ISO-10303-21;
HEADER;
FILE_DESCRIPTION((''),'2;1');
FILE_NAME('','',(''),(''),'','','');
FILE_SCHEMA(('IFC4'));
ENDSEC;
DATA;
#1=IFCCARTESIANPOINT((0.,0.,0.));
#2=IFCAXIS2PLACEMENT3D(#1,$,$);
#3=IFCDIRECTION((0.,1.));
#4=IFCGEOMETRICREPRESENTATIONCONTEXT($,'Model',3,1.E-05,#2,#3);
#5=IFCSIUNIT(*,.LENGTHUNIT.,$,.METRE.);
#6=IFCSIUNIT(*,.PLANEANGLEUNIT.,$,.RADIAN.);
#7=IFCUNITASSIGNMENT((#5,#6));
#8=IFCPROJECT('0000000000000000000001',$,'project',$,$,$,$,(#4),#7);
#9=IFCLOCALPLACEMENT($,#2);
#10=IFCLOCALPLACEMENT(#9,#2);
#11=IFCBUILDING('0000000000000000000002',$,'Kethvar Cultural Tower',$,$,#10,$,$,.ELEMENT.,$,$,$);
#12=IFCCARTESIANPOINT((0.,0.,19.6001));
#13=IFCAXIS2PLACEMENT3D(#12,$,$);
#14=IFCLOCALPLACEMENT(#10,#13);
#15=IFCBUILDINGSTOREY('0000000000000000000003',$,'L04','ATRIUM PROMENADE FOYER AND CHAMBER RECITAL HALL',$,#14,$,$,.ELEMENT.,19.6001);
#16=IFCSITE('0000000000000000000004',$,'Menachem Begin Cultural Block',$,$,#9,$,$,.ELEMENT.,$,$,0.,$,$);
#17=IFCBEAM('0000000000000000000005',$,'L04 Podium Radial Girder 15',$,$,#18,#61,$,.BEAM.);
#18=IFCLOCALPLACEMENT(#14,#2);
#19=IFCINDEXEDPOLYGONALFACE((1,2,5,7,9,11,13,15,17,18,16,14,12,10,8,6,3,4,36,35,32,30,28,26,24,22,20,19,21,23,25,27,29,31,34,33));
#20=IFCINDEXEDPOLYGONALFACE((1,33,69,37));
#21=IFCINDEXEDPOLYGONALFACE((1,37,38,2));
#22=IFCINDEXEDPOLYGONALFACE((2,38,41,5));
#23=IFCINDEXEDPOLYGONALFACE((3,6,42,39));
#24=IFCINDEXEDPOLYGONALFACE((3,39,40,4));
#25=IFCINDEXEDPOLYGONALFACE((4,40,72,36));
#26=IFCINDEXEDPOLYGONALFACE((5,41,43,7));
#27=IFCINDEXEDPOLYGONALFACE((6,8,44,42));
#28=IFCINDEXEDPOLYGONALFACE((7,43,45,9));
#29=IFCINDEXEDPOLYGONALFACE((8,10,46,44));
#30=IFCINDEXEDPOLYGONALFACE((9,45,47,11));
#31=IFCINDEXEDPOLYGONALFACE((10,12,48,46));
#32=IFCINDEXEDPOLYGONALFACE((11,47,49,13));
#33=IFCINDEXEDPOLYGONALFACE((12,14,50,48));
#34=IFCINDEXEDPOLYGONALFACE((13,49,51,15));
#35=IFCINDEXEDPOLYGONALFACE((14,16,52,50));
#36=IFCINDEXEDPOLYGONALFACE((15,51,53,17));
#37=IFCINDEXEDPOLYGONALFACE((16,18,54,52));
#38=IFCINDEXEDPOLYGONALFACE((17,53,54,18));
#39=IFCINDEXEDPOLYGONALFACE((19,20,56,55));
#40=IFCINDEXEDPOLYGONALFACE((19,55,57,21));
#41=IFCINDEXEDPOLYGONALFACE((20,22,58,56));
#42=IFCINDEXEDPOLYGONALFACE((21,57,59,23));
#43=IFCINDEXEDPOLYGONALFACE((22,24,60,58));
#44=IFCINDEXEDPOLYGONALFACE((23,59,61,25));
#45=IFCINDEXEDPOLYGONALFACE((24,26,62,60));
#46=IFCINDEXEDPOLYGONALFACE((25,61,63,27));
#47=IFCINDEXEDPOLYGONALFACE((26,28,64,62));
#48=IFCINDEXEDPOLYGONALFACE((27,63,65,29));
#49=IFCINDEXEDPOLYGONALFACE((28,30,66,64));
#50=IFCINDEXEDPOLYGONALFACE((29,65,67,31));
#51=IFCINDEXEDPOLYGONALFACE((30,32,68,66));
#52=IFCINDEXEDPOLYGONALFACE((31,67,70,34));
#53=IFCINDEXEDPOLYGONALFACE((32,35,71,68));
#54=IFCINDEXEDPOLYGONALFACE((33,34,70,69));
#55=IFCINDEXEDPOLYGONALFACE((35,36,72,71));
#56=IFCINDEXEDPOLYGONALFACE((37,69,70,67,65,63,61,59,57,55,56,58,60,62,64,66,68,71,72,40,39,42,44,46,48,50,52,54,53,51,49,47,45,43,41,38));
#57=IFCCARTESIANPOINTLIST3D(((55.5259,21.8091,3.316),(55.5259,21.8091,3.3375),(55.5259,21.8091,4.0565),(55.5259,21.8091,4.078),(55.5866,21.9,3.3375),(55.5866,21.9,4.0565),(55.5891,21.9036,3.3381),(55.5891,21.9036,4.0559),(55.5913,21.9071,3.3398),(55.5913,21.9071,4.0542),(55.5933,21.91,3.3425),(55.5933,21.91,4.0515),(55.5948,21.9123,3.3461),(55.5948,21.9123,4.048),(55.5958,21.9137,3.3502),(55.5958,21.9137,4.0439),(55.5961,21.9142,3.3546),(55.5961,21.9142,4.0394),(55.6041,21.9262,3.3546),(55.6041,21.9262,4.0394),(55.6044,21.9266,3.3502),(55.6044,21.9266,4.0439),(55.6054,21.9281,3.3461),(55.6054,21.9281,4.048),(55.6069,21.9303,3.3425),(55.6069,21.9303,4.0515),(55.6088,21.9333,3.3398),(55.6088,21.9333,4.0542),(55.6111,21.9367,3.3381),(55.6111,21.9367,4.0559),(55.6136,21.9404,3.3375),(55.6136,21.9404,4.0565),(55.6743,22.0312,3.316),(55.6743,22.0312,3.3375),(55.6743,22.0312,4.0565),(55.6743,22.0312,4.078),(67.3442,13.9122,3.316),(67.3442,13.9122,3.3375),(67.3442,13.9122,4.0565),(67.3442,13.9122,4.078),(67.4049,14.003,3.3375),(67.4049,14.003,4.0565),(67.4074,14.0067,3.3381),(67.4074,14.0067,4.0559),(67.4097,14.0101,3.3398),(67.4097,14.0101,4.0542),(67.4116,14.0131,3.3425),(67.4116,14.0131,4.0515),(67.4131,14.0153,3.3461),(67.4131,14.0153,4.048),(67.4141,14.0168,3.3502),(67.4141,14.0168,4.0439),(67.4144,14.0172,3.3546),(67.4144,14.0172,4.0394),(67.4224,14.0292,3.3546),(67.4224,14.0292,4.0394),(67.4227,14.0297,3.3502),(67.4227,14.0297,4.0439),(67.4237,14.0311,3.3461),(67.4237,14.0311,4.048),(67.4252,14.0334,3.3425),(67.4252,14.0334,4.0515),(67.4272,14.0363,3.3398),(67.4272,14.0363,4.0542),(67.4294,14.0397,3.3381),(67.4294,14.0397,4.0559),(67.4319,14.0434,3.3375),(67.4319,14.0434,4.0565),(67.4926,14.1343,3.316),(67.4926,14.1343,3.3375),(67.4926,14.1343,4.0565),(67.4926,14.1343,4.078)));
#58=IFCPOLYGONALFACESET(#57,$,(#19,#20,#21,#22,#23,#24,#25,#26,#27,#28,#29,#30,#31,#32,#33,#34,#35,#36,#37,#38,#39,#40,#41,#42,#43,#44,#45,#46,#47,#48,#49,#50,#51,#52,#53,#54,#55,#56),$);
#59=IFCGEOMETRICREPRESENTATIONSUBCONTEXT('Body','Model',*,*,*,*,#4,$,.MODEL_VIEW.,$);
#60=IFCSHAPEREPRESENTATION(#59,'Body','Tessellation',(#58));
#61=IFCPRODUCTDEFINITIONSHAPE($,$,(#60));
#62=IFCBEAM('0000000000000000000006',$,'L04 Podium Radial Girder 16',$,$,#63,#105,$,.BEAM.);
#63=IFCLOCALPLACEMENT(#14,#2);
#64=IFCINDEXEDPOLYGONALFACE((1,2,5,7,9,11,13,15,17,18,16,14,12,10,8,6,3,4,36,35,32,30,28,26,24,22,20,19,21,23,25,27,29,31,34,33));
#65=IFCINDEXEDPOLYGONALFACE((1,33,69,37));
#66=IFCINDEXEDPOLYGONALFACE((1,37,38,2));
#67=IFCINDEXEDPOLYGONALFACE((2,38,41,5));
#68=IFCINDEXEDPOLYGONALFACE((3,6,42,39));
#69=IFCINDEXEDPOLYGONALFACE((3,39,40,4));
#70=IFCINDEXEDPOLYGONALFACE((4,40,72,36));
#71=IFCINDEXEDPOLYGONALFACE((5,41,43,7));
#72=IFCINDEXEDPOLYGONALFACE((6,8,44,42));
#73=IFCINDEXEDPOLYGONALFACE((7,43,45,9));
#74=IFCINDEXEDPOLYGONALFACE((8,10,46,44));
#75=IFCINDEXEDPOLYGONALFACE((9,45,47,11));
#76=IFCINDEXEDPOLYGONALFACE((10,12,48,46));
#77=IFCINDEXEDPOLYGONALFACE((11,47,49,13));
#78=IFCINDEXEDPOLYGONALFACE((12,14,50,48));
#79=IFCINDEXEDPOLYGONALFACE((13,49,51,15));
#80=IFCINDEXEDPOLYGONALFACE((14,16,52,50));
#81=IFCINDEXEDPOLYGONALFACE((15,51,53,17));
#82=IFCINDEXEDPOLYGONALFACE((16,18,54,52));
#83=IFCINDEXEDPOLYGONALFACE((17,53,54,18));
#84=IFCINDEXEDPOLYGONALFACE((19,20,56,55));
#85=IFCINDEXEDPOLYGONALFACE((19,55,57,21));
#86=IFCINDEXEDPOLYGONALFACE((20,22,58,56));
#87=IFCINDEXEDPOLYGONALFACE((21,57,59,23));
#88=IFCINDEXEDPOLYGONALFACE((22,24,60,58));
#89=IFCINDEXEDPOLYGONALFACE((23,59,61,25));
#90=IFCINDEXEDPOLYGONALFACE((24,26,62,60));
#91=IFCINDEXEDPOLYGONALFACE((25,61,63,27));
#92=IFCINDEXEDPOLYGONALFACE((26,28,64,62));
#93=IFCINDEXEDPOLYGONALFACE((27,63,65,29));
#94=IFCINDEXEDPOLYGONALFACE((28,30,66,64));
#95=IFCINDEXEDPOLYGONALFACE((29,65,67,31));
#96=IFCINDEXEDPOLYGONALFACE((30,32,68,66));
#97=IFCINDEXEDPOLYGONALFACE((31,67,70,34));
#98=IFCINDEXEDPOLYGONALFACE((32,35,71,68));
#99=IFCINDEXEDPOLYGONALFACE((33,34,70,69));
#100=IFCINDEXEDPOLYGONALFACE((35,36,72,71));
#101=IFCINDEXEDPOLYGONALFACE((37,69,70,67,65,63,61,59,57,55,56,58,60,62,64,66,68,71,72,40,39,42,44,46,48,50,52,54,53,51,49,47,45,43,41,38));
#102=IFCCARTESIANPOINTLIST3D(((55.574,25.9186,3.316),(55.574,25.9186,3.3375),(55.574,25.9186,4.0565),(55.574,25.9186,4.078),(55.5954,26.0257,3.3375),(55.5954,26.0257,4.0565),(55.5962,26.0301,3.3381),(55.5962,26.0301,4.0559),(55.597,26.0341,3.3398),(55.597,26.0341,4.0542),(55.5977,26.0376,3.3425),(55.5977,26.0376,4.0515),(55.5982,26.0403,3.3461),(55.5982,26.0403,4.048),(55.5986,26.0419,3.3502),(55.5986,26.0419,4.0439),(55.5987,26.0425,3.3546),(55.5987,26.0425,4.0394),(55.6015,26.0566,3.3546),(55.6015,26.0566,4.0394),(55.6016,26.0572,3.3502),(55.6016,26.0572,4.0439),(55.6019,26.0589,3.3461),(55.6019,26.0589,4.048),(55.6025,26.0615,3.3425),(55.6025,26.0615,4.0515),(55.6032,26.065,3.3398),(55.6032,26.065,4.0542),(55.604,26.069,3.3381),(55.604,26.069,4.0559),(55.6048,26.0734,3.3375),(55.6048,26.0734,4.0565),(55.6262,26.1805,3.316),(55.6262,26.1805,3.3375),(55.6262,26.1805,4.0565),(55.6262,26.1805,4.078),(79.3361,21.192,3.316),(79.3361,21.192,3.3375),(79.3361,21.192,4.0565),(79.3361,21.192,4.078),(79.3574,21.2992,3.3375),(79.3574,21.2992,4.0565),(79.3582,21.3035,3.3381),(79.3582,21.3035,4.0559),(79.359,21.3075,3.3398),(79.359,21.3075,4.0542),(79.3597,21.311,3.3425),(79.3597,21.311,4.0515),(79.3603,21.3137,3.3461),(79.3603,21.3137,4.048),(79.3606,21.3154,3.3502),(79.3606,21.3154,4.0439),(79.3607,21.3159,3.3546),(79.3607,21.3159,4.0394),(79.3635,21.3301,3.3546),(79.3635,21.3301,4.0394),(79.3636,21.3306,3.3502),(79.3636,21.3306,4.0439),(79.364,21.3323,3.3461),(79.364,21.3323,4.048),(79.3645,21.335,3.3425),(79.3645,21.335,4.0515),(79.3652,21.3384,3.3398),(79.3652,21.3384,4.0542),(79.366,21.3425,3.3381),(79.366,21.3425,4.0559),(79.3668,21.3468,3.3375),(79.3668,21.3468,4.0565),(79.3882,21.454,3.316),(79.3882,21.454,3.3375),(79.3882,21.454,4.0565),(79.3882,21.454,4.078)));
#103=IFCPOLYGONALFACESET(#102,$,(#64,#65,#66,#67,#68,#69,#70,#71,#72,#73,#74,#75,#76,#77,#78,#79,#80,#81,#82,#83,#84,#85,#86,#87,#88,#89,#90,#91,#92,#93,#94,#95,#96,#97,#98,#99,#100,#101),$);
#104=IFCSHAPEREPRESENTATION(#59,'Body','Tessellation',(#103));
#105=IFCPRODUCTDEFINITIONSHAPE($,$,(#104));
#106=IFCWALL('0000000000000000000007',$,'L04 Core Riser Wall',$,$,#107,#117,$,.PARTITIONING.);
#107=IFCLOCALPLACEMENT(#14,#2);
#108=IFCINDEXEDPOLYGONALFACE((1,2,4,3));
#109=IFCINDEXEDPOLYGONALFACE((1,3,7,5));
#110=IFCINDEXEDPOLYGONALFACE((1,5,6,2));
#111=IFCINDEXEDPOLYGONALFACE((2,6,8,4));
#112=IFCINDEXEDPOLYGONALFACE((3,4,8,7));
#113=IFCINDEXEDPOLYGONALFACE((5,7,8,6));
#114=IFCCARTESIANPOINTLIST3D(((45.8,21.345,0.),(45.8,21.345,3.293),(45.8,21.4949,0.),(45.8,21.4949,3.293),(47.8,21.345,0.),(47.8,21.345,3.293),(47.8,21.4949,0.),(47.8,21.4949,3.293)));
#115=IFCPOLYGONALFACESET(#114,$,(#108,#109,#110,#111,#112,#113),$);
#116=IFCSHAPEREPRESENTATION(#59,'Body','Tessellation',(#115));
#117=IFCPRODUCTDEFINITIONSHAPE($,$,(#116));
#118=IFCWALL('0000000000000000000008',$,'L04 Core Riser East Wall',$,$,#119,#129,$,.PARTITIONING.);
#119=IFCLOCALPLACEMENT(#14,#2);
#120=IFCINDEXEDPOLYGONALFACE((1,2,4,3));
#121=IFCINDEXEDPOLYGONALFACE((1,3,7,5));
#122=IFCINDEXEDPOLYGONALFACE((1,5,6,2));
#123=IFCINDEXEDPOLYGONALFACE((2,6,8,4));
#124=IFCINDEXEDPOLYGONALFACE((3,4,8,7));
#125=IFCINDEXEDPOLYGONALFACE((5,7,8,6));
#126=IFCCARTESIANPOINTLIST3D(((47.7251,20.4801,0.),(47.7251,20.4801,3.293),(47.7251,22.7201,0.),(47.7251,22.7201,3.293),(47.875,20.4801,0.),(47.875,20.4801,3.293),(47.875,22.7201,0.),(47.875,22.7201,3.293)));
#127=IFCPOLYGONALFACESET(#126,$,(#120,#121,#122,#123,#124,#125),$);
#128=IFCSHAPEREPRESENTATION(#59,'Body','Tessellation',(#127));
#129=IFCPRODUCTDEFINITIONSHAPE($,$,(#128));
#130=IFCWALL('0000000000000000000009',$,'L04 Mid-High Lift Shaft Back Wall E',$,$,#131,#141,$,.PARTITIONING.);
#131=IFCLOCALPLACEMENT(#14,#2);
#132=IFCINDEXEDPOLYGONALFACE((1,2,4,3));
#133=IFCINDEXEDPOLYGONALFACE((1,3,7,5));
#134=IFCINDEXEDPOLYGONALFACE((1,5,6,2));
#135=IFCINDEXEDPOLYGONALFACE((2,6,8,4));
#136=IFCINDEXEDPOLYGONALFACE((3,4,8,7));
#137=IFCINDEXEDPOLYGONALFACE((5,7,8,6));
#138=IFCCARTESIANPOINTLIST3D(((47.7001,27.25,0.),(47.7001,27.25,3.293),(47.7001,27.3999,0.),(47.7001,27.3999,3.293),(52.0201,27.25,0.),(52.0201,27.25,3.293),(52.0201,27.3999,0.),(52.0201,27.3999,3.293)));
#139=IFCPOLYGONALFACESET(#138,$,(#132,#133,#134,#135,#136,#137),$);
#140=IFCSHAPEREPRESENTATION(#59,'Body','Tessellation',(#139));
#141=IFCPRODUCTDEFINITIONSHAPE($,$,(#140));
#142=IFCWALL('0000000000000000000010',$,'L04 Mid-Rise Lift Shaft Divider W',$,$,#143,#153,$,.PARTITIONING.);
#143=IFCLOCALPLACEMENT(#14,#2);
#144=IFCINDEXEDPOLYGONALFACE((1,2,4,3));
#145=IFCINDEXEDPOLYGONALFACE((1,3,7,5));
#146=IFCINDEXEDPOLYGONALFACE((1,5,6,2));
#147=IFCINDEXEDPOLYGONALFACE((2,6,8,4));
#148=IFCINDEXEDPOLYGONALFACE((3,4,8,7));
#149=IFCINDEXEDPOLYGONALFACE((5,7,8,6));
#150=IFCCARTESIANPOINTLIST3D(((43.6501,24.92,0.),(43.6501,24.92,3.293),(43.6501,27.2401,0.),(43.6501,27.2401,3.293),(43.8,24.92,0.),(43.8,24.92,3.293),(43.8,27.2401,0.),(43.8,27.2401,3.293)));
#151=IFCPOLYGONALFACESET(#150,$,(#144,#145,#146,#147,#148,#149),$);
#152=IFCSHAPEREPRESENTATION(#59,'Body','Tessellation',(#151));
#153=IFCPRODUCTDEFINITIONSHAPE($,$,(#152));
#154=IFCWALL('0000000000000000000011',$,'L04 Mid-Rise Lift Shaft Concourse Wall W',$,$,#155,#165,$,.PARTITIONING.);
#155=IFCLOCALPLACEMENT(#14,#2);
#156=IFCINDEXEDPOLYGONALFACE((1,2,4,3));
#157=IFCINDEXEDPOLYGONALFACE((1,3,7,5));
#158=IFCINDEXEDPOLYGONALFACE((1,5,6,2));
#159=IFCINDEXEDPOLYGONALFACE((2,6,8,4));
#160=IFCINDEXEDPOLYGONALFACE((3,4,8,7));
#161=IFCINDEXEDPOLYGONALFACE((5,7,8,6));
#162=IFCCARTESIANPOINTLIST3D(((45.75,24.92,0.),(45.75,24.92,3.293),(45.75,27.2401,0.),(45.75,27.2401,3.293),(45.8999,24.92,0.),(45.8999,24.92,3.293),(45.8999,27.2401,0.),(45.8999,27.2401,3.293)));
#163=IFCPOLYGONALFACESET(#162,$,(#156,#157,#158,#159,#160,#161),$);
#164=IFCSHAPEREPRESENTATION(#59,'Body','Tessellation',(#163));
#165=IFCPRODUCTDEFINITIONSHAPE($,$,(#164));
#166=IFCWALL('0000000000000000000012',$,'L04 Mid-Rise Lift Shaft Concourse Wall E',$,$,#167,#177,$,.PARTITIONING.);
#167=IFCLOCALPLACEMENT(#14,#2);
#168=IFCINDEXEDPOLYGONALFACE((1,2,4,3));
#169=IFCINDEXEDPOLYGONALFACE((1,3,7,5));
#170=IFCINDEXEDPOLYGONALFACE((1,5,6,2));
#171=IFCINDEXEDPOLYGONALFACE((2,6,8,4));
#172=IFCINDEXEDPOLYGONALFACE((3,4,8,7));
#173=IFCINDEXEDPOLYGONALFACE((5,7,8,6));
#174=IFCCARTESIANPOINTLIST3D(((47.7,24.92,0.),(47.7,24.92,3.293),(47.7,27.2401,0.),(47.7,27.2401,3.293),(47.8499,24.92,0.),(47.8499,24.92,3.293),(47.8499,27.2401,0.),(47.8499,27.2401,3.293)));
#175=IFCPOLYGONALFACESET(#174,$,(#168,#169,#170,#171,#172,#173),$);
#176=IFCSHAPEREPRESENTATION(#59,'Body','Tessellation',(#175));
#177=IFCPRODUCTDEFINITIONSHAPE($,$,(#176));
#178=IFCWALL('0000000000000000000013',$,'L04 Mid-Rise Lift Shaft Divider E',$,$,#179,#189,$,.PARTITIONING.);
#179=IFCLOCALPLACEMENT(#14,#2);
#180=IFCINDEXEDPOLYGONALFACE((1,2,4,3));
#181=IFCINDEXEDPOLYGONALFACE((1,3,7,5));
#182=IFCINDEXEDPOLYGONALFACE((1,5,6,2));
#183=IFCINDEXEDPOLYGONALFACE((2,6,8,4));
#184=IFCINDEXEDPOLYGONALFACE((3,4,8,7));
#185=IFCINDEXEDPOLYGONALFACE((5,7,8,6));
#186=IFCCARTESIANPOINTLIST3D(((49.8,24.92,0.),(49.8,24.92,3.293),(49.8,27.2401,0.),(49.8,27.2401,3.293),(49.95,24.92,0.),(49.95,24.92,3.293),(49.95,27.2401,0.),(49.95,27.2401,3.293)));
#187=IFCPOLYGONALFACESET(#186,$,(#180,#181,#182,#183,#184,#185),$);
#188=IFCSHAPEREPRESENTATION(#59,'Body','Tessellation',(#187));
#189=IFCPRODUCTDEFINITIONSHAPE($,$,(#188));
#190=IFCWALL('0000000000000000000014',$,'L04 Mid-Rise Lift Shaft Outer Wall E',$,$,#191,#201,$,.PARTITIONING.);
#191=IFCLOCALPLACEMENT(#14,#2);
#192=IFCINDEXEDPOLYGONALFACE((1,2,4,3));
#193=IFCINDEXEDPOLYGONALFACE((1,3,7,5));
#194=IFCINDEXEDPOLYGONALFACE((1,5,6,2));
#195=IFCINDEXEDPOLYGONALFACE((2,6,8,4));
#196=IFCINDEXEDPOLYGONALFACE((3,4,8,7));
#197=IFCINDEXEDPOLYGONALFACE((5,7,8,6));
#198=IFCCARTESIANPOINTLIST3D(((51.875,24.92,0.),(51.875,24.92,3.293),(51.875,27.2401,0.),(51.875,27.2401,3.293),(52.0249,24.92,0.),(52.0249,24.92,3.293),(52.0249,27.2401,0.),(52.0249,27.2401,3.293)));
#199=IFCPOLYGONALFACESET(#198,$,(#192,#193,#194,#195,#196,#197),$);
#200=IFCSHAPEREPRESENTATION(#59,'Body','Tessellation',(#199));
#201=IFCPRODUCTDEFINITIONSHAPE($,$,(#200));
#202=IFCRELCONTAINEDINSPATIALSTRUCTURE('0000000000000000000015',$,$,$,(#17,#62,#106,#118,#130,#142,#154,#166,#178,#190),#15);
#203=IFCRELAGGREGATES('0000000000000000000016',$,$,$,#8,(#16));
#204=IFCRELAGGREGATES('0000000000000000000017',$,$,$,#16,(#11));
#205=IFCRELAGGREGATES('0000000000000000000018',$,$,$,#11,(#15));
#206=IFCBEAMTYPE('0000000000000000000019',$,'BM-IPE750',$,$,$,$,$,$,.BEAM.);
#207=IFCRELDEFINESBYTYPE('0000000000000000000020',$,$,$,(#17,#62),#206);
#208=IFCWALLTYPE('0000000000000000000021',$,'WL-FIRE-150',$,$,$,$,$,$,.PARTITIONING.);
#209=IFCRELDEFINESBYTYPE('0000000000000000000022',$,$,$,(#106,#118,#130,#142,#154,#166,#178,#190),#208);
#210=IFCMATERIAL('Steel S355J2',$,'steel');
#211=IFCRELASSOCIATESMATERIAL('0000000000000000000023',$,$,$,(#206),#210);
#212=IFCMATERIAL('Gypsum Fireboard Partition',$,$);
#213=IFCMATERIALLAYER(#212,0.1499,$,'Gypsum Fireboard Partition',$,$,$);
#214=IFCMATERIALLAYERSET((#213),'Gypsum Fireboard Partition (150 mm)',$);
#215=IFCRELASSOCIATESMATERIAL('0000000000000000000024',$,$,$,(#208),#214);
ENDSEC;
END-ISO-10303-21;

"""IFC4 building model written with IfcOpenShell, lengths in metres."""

from ifc_helpers import new_model, si_unit, direction, frame, frame_2d, origin, origin_2d, place, context, subcontext, project, spatial, rectangle, i_section, extrude, source, transform, mapped, material, layer, layer_set, material_profile, profile_set, type_object, element, save


model = new_model("IFC4")

# Units and contexts
model_context = context("Model", 3, precision=1e-05, world=origin(), true_north=direction((0.0, 1.0)))
body_context = subcontext(model_context, "Body", "Model", "MODEL_VIEW")
ifc_project = project(units=[si_unit("LENGTHUNIT", "METRE"), si_unit("PLANEANGLEUNIT", "RADIAN")], contexts=[model_context])

# Site, building, storey
site_placement = place(None, origin())
site = spatial("IfcSite", under=ifc_project, at=site_placement, Name="Menachem Begin Cultural Block", CompositionType="ELEMENT", RefElevation=0.0)
building_placement = place(site_placement, origin())
building = spatial("IfcBuilding", under=site, at=building_placement, Name="Kethvar Cultural Tower", CompositionType="ELEMENT")
storey_placement = place(building_placement, frame((0.0, 0.0, 19.6001)))
storey = spatial("IfcBuildingStorey", under=building, at=storey_placement, Name="L04", Description="ATRIUM PROMENADE FOYER AND CHAMBER RECITAL HALL", CompositionType="ELEMENT", Elevation=19.6001)

# Beams
ifc_material_1 = material(Name="Steel S355J2", Category="steel")
ifc_material_profile = material_profile(ifc_material_1, i_section(OverallWidth=0.2671, OverallDepth=0.762, WebThickness=0.0144, FlangeThickness=0.0215, FilletRadius=0.0171, at=origin_2d()), Name="Steel S355J2 — IPE750x173")
ifc_profile_set = profile_set([ifc_material_profile], Name="Steel S355J2 — IPE750x173")
beam_type = type_object("IfcBeamType", Name="BM-IPE750", PredefinedType="BEAM", material=ifc_profile_set)
shared_shape_1 = source(origin(), body_context, "Body", "SweptSolid", [
    extrude(i_section(OverallWidth=0.2671, OverallDepth=0.762, WebThickness=0.0144, FlangeThickness=0.0215, FilletRadius=0.0171, at=origin_2d()), origin(), (0.0, 0.0, 1.0), 14.2139),
])
beam_1_placement = place(storey_placement, frame((55.6001, 21.9202, 3.697), z_axis=(0.831463, -0.55558, 0.0), x_axis=(0.55558, 0.831463, 0.0)))
element("IfcBeam", 1, at=beam_1_placement, inside=storey, type_object=beam_type, Name="L04 Podium Radial Girder 15", PredefinedType="BEAM", context=body_context, shape_type="MappedRepresentation", body=[
    mapped(shared_shape_1, transform((0.0, 0.0, 0.0), scale=1.0)),
])
shared_shape_2 = source(origin(), body_context, "Body", "SweptSolid", [
    extrude(i_section(OverallWidth=0.2671, OverallDepth=0.762, WebThickness=0.0144, FlangeThickness=0.0215, FilletRadius=0.0171, at=origin_2d()), origin(), (0.0, 0.0, 1.0), 24.2275),
])
beam_2_placement = place(storey_placement, frame((55.6001, 26.0496, 3.697), z_axis=(0.980785, -0.195091, 0.0), x_axis=(0.195091, 0.980785, 0.0)))
element("IfcBeam", 2, at=beam_2_placement, inside=storey, type_object=beam_type, Name="L04 Podium Radial Girder 16", PredefinedType="BEAM", context=body_context, shape_type="MappedRepresentation", body=[
    mapped(shared_shape_2, transform((0.0, 0.0, 0.0), scale=1.0)),
])

# Walls
ifc_material_2 = material(Name="Gypsum Fireboard Partition")
ifc_layer_1 = layer(ifc_material_2, 0.1499, Name="Gypsum Fireboard Partition")
ifc_layer_set_1 = layer_set([ifc_layer_1], Name="Gypsum Fireboard Partition (150 mm)")
wall_type_1 = type_object("IfcWallType", Name="WL-FIRE-150", PredefinedType="PARTITIONING", material=ifc_layer_set_1)
wall_1_placement = place(storey_placement, frame((45.8, 21.4199, 0.0), z_axis=(0.0, 0.0, 1.0), x_axis=(1.0, 0.0, 0.0)))
element("IfcWall", 3, at=wall_1_placement, inside=storey, type_object=wall_type_1, Name="L04 Core Riser Wall", PredefinedType="PARTITIONING", context=body_context, shape_type="SweptSolid", body=[
    extrude(rectangle(XDim=2.0, YDim=0.1499, at=frame_2d((1.0, 0.0))), origin(), (0.0, 0.0, 1.0), 3.293),
])
wall_2_placement = place(storey_placement, frame((47.8, 20.48, 0.0), z_axis=(0.0, 0.0, 1.0), x_axis=(0.0, 1.0, 0.0)))
element("IfcWall", 4, at=wall_2_placement, inside=storey, type_object=wall_type_1, Name="L04 Core Riser East Wall", PredefinedType="PARTITIONING", context=body_context, shape_type="SweptSolid", body=[
    extrude(rectangle(XDim=2.24, YDim=0.1499, at=frame_2d((1.1201, 0.0))), origin(), (0.0, 0.0, 1.0), 3.293),
])
wall_3_placement = place(storey_placement, frame((47.7, 27.325, 0.0), z_axis=(0.0, 0.0, 1.0), x_axis=(1.0, 0.0, 0.0)))
element("IfcWall", 5, at=wall_3_placement, inside=storey, type_object=wall_type_1, Name="L04 Mid-High Lift Shaft Back Wall E", PredefinedType="PARTITIONING", context=body_context, shape_type="SweptSolid", body=[
    extrude(rectangle(XDim=4.3201, YDim=0.1499, at=frame_2d((2.1602, 0.0))), origin(), (0.0, 0.0, 1.0), 3.293),
])
for number, where, z_axis, x_axis, name in (
    (6, (43.7251, 24.9199, 0.0), (0.0, 0.0, 1.0), (0.0, 1.0, 0.0), "L04 Mid-Rise Lift Shaft Divider W"),
    (7, (45.825, 24.9199, 0.0), (0.0, 0.0, 1.0), (0.0, 1.0, 0.0), "L04 Mid-Rise Lift Shaft Concourse Wall W"),
    (8, (47.7749, 24.9199, 0.0), (0.0, 0.0, 1.0), (0.0, 1.0, 0.0), "L04 Mid-Rise Lift Shaft Concourse Wall E"),
    (9, (49.875, 24.9199, 0.0), (0.0, 0.0, 1.0), (0.0, 1.0, 0.0), "L04 Mid-Rise Lift Shaft Divider E"),
    (10, (51.95, 24.9199, 0.0), (0.0, 0.0, 1.0), (0.0, 1.0, 0.0), "L04 Mid-Rise Lift Shaft Outer Wall E"),
):
    element("IfcWall", number, at=place(storey_placement, frame(where, z_axis=z_axis, x_axis=x_axis)), inside=storey, type_object=wall_type_1, Name=name, PredefinedType="PARTITIONING", context=body_context, shape_type="SweptSolid", body=[
        extrude(rectangle(XDim=2.3201, YDim=0.1499, at=frame_2d((1.1602, 0.0))), origin(), (0.0, 0.0, 1.0), 3.293),
    ])

save(model, "model.ifc")
